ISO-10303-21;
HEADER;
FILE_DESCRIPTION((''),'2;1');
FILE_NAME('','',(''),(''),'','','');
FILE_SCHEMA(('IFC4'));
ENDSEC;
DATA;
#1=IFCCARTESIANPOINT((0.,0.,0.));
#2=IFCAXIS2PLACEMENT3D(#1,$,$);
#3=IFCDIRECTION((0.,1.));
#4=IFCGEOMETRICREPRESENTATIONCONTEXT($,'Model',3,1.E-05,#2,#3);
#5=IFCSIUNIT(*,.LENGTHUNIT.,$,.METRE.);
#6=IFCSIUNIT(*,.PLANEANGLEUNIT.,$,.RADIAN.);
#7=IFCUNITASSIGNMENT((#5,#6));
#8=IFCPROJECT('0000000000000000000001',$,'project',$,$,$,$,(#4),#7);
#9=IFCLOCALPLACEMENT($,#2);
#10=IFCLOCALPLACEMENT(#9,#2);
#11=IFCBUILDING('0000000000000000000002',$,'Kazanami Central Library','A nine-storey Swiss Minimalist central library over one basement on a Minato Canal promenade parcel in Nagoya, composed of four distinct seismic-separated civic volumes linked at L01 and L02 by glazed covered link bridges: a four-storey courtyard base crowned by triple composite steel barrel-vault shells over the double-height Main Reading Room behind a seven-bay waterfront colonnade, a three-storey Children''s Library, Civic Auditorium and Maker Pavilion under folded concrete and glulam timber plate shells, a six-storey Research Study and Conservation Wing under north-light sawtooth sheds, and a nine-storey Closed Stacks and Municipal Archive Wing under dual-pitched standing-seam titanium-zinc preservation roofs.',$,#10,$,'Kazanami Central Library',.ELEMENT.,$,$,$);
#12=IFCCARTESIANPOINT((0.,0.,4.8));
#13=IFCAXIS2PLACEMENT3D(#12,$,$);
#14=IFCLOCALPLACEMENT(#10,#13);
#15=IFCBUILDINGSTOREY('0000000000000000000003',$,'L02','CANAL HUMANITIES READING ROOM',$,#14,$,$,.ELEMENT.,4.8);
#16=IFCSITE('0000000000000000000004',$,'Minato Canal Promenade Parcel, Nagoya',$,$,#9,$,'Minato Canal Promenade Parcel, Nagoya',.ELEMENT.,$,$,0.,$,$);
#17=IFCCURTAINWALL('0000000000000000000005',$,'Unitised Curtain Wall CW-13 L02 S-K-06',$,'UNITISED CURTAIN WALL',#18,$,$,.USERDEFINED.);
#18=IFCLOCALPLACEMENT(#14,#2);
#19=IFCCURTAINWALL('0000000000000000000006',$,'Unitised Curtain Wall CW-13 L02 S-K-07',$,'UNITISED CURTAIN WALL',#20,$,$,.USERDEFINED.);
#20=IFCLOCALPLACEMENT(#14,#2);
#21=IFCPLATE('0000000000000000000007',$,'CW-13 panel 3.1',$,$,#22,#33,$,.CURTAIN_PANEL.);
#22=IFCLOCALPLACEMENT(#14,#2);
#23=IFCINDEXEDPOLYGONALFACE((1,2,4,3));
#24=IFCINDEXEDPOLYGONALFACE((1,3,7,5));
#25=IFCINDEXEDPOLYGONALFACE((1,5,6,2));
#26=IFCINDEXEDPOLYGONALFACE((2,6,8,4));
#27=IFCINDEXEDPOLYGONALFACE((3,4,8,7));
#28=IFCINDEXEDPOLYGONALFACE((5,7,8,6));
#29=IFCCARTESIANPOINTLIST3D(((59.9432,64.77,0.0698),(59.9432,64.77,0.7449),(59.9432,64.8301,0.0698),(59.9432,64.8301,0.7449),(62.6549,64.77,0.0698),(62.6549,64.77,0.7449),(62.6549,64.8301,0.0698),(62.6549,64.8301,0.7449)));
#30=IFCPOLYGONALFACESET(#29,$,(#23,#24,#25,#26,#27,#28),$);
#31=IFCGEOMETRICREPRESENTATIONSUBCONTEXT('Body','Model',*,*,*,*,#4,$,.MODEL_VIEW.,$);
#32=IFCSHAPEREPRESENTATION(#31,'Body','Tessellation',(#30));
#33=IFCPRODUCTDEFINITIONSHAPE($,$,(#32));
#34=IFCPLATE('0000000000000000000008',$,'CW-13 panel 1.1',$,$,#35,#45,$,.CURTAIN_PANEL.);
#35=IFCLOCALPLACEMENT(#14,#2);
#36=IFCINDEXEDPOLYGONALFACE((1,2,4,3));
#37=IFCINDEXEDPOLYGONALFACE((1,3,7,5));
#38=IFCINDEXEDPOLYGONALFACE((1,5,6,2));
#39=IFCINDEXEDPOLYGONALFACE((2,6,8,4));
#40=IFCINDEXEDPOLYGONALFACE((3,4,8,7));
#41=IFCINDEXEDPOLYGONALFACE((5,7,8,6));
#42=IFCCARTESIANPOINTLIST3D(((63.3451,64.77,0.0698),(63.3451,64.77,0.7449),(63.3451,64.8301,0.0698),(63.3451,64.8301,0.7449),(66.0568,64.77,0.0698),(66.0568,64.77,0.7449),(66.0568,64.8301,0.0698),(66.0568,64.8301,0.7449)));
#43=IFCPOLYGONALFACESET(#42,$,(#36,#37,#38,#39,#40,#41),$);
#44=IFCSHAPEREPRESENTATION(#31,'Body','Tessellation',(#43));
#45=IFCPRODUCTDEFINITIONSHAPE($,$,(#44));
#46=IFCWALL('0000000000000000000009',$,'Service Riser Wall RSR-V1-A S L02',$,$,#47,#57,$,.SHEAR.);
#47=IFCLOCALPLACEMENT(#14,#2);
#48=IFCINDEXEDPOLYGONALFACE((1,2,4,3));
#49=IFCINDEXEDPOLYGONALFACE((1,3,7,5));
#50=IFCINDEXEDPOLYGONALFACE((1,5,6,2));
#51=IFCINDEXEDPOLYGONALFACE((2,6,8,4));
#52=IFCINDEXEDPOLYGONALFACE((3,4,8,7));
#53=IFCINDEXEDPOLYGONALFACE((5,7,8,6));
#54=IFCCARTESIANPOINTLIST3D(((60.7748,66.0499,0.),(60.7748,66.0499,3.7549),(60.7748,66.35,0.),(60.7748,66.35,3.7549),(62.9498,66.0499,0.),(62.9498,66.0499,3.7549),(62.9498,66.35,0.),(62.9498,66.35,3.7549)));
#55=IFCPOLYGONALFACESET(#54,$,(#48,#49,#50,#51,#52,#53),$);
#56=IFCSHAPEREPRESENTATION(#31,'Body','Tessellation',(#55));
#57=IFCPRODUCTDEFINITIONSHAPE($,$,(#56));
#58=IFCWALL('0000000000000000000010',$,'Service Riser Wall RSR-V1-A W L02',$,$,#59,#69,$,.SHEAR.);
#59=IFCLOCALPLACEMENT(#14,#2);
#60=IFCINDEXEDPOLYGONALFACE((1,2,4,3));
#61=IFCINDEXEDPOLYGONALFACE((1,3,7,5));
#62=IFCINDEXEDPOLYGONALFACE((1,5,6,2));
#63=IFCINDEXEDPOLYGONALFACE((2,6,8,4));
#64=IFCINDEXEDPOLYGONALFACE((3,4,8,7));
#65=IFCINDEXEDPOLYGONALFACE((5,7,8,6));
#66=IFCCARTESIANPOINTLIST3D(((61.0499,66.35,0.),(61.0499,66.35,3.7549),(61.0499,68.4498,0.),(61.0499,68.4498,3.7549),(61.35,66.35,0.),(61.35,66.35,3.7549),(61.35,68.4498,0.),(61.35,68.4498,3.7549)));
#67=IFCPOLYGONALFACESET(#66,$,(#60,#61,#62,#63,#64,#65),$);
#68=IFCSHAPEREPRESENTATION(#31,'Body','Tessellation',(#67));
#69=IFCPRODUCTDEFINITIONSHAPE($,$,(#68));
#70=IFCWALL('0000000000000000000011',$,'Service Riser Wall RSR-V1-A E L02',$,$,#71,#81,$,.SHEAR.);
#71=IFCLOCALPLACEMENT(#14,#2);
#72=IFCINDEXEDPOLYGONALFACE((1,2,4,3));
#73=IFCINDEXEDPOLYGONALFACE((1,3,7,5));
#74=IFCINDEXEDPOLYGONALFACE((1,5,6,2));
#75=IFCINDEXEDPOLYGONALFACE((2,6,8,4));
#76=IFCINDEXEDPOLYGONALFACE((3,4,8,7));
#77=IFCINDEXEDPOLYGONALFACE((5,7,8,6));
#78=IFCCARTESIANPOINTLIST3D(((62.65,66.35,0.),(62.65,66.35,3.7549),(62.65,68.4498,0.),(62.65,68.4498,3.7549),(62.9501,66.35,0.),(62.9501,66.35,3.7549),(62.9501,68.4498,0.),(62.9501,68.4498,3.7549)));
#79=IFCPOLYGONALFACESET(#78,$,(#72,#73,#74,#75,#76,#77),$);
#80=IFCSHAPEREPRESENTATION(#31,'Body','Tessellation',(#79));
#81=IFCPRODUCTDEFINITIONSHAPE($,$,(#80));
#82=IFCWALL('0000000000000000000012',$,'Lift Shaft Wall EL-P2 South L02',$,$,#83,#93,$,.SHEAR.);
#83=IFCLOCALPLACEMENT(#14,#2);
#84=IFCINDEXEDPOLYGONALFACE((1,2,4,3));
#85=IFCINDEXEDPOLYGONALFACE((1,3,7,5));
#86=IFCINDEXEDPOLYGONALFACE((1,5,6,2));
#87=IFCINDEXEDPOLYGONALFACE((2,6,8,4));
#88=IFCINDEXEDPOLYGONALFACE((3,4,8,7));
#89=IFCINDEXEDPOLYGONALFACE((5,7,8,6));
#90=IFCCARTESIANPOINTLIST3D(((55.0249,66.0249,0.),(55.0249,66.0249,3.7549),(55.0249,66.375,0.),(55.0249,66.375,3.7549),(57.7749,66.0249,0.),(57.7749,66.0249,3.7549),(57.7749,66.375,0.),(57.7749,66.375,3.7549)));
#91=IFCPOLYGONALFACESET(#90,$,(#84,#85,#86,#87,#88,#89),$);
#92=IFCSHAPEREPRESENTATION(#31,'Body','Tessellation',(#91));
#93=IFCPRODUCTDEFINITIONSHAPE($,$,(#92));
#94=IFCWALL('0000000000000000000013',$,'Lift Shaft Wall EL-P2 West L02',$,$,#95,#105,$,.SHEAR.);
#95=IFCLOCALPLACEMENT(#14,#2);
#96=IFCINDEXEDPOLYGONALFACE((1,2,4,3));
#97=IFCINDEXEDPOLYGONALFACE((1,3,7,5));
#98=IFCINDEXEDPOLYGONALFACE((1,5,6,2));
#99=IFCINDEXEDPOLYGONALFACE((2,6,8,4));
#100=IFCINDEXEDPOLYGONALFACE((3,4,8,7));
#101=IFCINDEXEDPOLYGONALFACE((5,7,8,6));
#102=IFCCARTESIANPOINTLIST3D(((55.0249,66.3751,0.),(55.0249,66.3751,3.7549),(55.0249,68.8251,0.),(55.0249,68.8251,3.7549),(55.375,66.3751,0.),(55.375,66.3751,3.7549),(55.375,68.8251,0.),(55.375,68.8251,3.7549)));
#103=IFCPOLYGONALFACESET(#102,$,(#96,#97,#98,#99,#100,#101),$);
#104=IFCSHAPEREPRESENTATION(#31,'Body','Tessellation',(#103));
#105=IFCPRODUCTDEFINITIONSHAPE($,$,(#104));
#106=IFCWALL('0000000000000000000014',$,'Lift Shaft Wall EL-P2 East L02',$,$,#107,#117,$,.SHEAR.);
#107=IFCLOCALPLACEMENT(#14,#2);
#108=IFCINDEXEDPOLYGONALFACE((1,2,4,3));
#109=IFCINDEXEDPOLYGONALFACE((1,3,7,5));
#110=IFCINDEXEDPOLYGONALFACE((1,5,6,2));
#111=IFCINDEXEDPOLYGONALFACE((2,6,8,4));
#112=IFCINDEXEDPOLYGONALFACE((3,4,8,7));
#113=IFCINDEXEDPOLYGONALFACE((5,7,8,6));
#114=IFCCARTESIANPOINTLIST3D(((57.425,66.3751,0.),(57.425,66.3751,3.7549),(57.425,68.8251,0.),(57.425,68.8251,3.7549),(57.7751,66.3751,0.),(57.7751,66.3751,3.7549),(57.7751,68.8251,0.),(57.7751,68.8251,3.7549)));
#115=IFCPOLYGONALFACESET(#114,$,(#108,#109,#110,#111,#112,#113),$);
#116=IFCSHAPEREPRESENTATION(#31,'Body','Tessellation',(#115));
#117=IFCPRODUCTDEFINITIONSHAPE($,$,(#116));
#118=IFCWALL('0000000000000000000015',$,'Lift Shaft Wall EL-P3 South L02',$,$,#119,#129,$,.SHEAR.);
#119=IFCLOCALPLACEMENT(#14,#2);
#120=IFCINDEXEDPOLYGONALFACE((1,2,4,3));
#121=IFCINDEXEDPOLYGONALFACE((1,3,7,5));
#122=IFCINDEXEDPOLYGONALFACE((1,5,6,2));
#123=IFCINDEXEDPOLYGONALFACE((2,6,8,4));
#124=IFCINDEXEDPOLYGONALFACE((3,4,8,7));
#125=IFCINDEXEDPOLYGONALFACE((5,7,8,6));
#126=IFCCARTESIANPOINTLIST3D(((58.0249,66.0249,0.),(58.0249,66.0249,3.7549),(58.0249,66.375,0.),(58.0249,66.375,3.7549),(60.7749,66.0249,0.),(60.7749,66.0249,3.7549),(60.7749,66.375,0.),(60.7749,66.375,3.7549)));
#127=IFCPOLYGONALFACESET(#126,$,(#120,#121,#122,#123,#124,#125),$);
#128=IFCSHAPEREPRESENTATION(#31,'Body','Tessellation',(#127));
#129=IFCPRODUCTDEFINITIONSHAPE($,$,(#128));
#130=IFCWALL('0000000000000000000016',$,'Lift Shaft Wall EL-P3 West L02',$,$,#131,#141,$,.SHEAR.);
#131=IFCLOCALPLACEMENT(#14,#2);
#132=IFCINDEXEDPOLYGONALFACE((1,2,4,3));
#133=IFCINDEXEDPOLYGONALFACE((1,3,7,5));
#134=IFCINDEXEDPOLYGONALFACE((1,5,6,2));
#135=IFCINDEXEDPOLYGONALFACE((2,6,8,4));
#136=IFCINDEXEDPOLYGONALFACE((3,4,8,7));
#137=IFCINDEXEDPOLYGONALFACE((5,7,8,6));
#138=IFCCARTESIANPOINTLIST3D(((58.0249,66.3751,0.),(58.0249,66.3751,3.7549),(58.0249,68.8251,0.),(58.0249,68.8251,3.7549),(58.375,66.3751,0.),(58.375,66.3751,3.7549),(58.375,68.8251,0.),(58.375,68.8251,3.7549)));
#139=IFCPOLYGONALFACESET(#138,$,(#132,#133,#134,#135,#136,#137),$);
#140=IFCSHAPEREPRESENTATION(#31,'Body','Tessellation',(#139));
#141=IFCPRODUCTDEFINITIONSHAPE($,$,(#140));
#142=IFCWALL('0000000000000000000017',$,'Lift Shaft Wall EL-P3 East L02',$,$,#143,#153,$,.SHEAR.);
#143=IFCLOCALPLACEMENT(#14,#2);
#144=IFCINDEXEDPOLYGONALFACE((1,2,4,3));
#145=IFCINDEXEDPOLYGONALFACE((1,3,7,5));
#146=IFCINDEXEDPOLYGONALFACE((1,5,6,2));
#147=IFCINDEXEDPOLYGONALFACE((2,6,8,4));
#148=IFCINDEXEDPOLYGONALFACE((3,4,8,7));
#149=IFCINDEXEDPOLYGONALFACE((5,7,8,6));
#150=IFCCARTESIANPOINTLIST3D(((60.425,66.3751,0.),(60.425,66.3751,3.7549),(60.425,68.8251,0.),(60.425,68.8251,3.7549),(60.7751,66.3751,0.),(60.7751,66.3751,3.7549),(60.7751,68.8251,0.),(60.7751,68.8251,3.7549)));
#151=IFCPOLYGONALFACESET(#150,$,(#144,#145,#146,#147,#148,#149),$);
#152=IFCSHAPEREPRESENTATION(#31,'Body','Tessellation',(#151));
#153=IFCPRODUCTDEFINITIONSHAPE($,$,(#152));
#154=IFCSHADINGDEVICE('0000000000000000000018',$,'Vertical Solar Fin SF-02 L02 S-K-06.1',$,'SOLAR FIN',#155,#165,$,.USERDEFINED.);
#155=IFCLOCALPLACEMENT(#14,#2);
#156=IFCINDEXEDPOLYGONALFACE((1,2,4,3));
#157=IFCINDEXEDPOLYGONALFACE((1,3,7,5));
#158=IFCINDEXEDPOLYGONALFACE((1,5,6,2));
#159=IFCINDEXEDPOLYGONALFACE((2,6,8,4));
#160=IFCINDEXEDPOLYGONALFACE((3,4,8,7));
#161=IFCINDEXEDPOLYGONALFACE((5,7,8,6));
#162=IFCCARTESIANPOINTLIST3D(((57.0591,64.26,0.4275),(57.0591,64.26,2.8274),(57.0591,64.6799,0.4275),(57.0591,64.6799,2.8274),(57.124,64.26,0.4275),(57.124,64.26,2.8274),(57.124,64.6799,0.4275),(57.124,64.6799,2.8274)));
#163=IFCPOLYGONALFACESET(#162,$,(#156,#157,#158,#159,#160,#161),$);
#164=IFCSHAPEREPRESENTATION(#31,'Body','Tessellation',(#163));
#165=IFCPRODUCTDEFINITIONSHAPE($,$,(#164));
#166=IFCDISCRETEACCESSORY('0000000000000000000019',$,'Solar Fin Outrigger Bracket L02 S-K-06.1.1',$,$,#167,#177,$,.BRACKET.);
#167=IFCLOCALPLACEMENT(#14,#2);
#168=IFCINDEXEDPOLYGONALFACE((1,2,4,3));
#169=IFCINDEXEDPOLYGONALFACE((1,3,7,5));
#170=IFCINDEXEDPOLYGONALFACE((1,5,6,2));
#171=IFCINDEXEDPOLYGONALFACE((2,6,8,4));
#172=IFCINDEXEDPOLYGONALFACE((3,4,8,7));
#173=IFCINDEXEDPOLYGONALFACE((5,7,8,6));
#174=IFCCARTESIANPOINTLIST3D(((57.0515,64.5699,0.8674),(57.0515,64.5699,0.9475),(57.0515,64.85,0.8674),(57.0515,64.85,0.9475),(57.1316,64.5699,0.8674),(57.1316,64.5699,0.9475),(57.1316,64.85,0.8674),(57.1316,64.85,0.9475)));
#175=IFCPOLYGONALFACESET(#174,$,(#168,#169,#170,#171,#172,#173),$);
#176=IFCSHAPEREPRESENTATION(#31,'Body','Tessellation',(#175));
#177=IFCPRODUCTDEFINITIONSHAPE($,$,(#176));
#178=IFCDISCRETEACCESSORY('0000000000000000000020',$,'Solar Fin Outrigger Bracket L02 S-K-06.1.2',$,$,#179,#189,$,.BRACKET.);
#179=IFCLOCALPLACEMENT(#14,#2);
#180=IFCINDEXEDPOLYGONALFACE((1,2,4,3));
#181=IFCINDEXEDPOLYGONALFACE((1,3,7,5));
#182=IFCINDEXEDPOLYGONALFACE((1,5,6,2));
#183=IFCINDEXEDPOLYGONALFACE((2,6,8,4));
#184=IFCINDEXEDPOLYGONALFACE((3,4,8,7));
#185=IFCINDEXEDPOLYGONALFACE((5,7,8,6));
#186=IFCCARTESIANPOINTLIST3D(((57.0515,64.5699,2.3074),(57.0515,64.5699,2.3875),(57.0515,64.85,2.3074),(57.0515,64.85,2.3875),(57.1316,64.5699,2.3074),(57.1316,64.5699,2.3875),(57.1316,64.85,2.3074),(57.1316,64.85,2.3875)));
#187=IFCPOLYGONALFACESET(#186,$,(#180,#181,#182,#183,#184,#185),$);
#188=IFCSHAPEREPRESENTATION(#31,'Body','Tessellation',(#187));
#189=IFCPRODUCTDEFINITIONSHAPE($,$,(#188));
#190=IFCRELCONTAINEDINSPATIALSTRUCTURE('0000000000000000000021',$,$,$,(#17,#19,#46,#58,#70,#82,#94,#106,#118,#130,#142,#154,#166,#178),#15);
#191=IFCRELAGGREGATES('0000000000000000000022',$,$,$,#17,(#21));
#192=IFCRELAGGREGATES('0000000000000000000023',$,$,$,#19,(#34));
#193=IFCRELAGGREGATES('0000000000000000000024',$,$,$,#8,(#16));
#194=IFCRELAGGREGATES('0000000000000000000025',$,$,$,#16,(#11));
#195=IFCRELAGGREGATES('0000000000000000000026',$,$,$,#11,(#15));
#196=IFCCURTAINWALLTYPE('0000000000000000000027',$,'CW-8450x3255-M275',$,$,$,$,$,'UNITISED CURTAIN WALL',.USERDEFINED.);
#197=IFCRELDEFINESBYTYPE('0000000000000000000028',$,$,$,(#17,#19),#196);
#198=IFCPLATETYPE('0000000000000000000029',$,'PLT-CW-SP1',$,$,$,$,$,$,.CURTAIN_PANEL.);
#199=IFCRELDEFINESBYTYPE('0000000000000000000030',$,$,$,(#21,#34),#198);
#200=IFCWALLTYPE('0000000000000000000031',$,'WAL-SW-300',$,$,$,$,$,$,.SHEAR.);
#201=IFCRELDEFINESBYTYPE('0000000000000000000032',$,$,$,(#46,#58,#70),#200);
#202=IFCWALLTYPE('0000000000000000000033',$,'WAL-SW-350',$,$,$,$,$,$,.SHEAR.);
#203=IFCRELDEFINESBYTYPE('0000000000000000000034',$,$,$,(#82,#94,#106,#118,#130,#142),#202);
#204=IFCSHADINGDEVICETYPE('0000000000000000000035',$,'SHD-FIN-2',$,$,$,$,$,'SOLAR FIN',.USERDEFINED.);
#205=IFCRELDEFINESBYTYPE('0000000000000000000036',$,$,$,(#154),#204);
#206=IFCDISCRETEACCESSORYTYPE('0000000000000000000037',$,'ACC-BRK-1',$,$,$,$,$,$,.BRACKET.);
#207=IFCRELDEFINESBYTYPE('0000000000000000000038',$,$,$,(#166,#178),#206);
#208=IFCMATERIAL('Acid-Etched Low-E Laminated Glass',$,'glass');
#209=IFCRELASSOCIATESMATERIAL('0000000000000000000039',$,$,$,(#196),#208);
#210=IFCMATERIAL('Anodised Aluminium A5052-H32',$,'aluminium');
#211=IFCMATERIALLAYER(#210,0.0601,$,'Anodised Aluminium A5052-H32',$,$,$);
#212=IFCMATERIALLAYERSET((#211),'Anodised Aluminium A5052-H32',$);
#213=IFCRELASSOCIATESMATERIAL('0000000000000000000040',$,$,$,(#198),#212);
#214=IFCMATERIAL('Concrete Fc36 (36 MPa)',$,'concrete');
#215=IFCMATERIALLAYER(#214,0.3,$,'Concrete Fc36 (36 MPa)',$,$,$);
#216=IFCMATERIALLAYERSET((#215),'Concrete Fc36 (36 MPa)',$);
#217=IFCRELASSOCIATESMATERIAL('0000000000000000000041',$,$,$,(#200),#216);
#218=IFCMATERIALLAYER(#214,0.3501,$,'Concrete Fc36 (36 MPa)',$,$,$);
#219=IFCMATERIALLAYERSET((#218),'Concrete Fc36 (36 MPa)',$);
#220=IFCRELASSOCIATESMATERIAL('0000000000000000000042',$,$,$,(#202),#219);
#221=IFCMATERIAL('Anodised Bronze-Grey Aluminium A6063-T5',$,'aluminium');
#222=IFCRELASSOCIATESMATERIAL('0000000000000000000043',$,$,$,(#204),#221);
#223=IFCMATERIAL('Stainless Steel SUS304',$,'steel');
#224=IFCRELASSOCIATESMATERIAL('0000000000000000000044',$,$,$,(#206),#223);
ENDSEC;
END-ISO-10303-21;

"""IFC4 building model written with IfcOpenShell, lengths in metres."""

from ifc_helpers import new_model, si_unit, direction, frame, frame_2d, origin, origin_2d, place, context, subcontext, project, spatial, rectangle, extrude, material, layer, layer_set, type_object, element, aggregate, save


model = new_model("IFC4")

# Units and contexts
model_context = context("Model", 3, precision=1e-05, world=origin(), true_north=direction((0.0, 1.0)))
body_context = subcontext(model_context, "Body", "Model", "MODEL_VIEW")
ifc_project = project(units=[si_unit("LENGTHUNIT", "METRE"), si_unit("PLANEANGLEUNIT", "RADIAN")], contexts=[model_context])

# Site, building, storey
site_placement = place(None, origin())
site = spatial("IfcSite", under=ifc_project, at=site_placement, Name="Minato Canal Promenade Parcel, Nagoya", LongName="Minato Canal Promenade Parcel, Nagoya", CompositionType="ELEMENT", RefElevation=0.0)
building_placement = place(site_placement, origin())
building = spatial("IfcBuilding", under=site, at=building_placement, Name="Kazanami Central Library", Description="A nine-storey Swiss Minimalist central library over one basement on a Minato Canal promenade parcel in Nagoya, composed of four distinct seismic-separated civic volumes linked at L01 and L02 by glazed covered link bridges: a four-storey courtyard base crowned by triple composite steel barrel-vault shells over the double-height Main Reading Room behind a seven-bay waterfront colonnade, a three-storey Children's Library, Civic Auditorium and Maker Pavilion under folded concrete and glulam timber plate shells, a six-storey Research Study and Conservation Wing under north-light sawtooth sheds, and a nine-storey Closed Stacks and Municipal Archive Wing under dual-pitched standing-seam titanium-zinc preservation roofs.", LongName="Kazanami Central Library", CompositionType="ELEMENT")
storey_placement = place(building_placement, frame((0.0, 0.0, 4.8)))
storey = spatial("IfcBuildingStorey", under=building, at=storey_placement, Name="L02", Description="CANAL HUMANITIES READING ROOM", CompositionType="ELEMENT", Elevation=4.8)

# Curtain wall
ifc_material_1 = material(Name="Acid-Etched Low-E Laminated Glass", Category="glass")
curtain_wall_type = type_object("IfcCurtainWallType", Name="CW-8450x3255-M275", ElementType="UNITISED CURTAIN WALL", PredefinedType="USERDEFINED", material=ifc_material_1)
curtain_wall_1_placement = place(storey_placement, origin())
curtain_wall_1 = element("IfcCurtainWall", 1, at=curtain_wall_1_placement, inside=storey, type_object=curtain_wall_type, Name="Unitised Curtain Wall CW-13 L02 S-K-06", ObjectType="UNITISED CURTAIN WALL", PredefinedType="USERDEFINED")

# Curtain wall
curtain_wall_2_placement = place(storey_placement, origin())
curtain_wall_2 = element("IfcCurtainWall", 2, at=curtain_wall_2_placement, inside=storey, type_object=curtain_wall_type, Name="Unitised Curtain Wall CW-13 L02 S-K-07", ObjectType="UNITISED CURTAIN WALL", PredefinedType="USERDEFINED")

# Plates
ifc_material_2 = material(Name="Anodised Aluminium A5052-H32", Category="aluminium")
ifc_layer_1 = layer(ifc_material_2, 0.0601, Name="Anodised Aluminium A5052-H32")
ifc_layer_set_1 = layer_set([ifc_layer_1], Name="Anodised Aluminium A5052-H32")
plate_type_1 = type_object("IfcPlateType", Name="PLT-CW-SP1", PredefinedType="CURTAIN_PANEL", material=ifc_layer_set_1)
plate_1_placement = place(storey_placement, frame((61.2991, 64.8, 0.0698), z_axis=(0.0, 0.0, 1.0), x_axis=(1.0, 0.0, 0.0)))
plate_1 = element("IfcPlate", 3, at=plate_1_placement, type_object=plate_type_1, Name="CW-13 panel 3.1", PredefinedType="CURTAIN_PANEL", context=body_context, shape_type="SweptSolid", body=[
    extrude(rectangle(XDim=2.7117, YDim=0.0601, at=origin_2d()), origin(), (0.0, 0.0, 1.0), 0.675),
])
aggregate(curtain_wall_1, [plate_1])
plate_2_placement = place(storey_placement, frame((64.7009, 64.8, 0.0698), z_axis=(0.0, 0.0, 1.0), x_axis=(1.0, 0.0, 0.0)))
plate_2 = element("IfcPlate", 4, at=plate_2_placement, type_object=plate_type_1, Name="CW-13 panel 1.1", PredefinedType="CURTAIN_PANEL", context=body_context, shape_type="SweptSolid", body=[
    extrude(rectangle(XDim=2.7117, YDim=0.0601, at=origin_2d()), origin(), (0.0, 0.0, 1.0), 0.675),
])
aggregate(curtain_wall_2, [plate_2])

# Walls
ifc_material_3 = material(Name="Concrete Fc36 (36 MPa)", Category="concrete")
ifc_layer_2 = layer(ifc_material_3, 0.3, Name="Concrete Fc36 (36 MPa)")
ifc_layer_set_2 = layer_set([ifc_layer_2], Name="Concrete Fc36 (36 MPa)")
wall_type_1 = type_object("IfcWallType", Name="WAL-SW-300", PredefinedType="SHEAR", material=ifc_layer_set_2)
wall_1_placement = place(storey_placement, frame((60.7749, 66.2, 0.0), z_axis=(0.0, 0.0, 1.0), x_axis=(1.0, 0.0, 0.0)))
element("IfcWall", 5, at=wall_1_placement, inside=storey, type_object=wall_type_1, Name="Service Riser Wall RSR-V1-A S L02", PredefinedType="SHEAR", context=body_context, shape_type="SweptSolid", body=[
    extrude(rectangle(XDim=2.175, YDim=0.3, at=frame_2d((1.0874, 0.0))), origin(), (0.0, 0.0, 1.0), 3.7549),
])
for number, where, z_axis, x_axis, name in (
    (6, (61.2, 66.3501, 0.0), (0.0, 0.0, 1.0), (0.0, 1.0, 0.0), "Service Riser Wall RSR-V1-A W L02"),
    (7, (62.8, 66.3501, 0.0), (0.0, 0.0, 1.0), (0.0, 1.0, 0.0), "Service Riser Wall RSR-V1-A E L02"),
):
    element("IfcWall", number, at=place(storey_placement, frame(where, z_axis=z_axis, x_axis=x_axis)), inside=storey, type_object=wall_type_1, Name=name, PredefinedType="SHEAR", context=body_context, shape_type="SweptSolid", body=[
        extrude(rectangle(XDim=2.0999, YDim=0.3, at=frame_2d((1.0498, 0.0))), origin(), (0.0, 0.0, 1.0), 3.7549),
    ])
ifc_layer_3 = layer(ifc_material_3, 0.3501, Name="Concrete Fc36 (36 MPa)")
ifc_layer_set_3 = layer_set([ifc_layer_3], Name="Concrete Fc36 (36 MPa)")
wall_type_2 = type_object("IfcWallType", Name="WAL-SW-350", PredefinedType="SHEAR", material=ifc_layer_set_3)
wall_2_placement = place(storey_placement, frame((55.0249, 66.2, 0.0), z_axis=(0.0, 0.0, 1.0), x_axis=(1.0, 0.0, 0.0)))
element("IfcWall", 8, at=wall_2_placement, inside=storey, type_object=wall_type_2, Name="Lift Shaft Wall EL-P2 South L02", PredefinedType="SHEAR", context=body_context, shape_type="SweptSolid", body=[
    extrude(rectangle(XDim=2.75, YDim=0.3501, at=frame_2d((1.375, 0.0))), origin(), (0.0, 0.0, 1.0), 3.7549),
])
for number, where, z_axis, x_axis, name in (
    (9, (55.2, 66.375, 0.0), (0.0, 0.0, 1.0), (0.0, 1.0, 0.0), "Lift Shaft Wall EL-P2 West L02"),
    (10, (57.6001, 66.375, 0.0), (0.0, 0.0, 1.0), (0.0, 1.0, 0.0), "Lift Shaft Wall EL-P2 East L02"),
):
    element("IfcWall", number, at=place(storey_placement, frame(where, z_axis=z_axis, x_axis=x_axis)), inside=storey, type_object=wall_type_2, Name=name, PredefinedType="SHEAR", context=body_context, shape_type="SweptSolid", body=[
        extrude(rectangle(XDim=2.45, YDim=0.3501, at=frame_2d((1.2251, 0.0))), origin(), (0.0, 0.0, 1.0), 3.7549),
    ])
wall_3_placement = place(storey_placement, frame((58.0249, 66.2, 0.0), z_axis=(0.0, 0.0, 1.0), x_axis=(1.0, 0.0, 0.0)))
element("IfcWall", 11, at=wall_3_placement, inside=storey, type_object=wall_type_2, Name="Lift Shaft Wall EL-P3 South L02", PredefinedType="SHEAR", context=body_context, shape_type="SweptSolid", body=[
    extrude(rectangle(XDim=2.75, YDim=0.3501, at=frame_2d((1.375, 0.0))), origin(), (0.0, 0.0, 1.0), 3.7549),
])
for number, where, z_axis, x_axis, name in (
    (12, (58.2, 66.375, 0.0), (0.0, 0.0, 1.0), (0.0, 1.0, 0.0), "Lift Shaft Wall EL-P3 West L02"),
    (13, (60.6001, 66.375, 0.0), (0.0, 0.0, 1.0), (0.0, 1.0, 0.0), "Lift Shaft Wall EL-P3 East L02"),
):
    element("IfcWall", number, at=place(storey_placement, frame(where, z_axis=z_axis, x_axis=x_axis)), inside=storey, type_object=wall_type_2, Name=name, PredefinedType="SHEAR", context=body_context, shape_type="SweptSolid", body=[
        extrude(rectangle(XDim=2.45, YDim=0.3501, at=frame_2d((1.2251, 0.0))), origin(), (0.0, 0.0, 1.0), 3.7549),
    ])

# Shading device
ifc_material_4 = material(Name="Anodised Bronze-Grey Aluminium A6063-T5", Category="aluminium")
shading_device_type = type_object("IfcShadingDeviceType", Name="SHD-FIN-2", ElementType="SOLAR FIN", PredefinedType="USERDEFINED", material=ifc_material_4)
shading_device_placement = place(storey_placement, frame((57.0916, 64.47, 0.4275), z_axis=(0.0, 0.0, 1.0), x_axis=(1.0, 0.0, 0.0)))
element("IfcShadingDevice", 14, at=shading_device_placement, inside=storey, type_object=shading_device_type, Name="Vertical Solar Fin SF-02 L02 S-K-06.1", ObjectType="SOLAR FIN", PredefinedType="USERDEFINED", context=body_context, shape_type="SweptSolid", body=[
    extrude(rectangle(XDim=0.0649, YDim=0.4199, at=origin_2d()), origin(), (0.0, 0.0, 1.0), 2.3999),
])

# Discrete accessories
ifc_material_5 = material(Name="Stainless Steel SUS304", Category="steel")
discrete_accessory_type = type_object("IfcDiscreteAccessoryType", Name="ACC-BRK-1", PredefinedType="BRACKET", material=ifc_material_5)
for number, where, z_axis, x_axis, name in (
    (15, (57.0916, 64.71, 0.8674), (0.0, 0.0, 1.0), (1.0, 0.0, 0.0), "Solar Fin Outrigger Bracket L02 S-K-06.1.1"),
    (16, (57.0916, 64.71, 2.3074), (0.0, 0.0, 1.0), (1.0, 0.0, 0.0), "Solar Fin Outrigger Bracket L02 S-K-06.1.2"),
):
    element("IfcDiscreteAccessory", number, at=place(storey_placement, frame(where, z_axis=z_axis, x_axis=x_axis)), inside=storey, type_object=discrete_accessory_type, Name=name, PredefinedType="BRACKET", context=body_context, shape_type="SweptSolid", body=[
        extrude(rectangle(XDim=0.0801, YDim=0.28, at=origin_2d()), origin(), (0.0, 0.0, 1.0), 0.0801),
    ])

save(model, "model.ifc")
